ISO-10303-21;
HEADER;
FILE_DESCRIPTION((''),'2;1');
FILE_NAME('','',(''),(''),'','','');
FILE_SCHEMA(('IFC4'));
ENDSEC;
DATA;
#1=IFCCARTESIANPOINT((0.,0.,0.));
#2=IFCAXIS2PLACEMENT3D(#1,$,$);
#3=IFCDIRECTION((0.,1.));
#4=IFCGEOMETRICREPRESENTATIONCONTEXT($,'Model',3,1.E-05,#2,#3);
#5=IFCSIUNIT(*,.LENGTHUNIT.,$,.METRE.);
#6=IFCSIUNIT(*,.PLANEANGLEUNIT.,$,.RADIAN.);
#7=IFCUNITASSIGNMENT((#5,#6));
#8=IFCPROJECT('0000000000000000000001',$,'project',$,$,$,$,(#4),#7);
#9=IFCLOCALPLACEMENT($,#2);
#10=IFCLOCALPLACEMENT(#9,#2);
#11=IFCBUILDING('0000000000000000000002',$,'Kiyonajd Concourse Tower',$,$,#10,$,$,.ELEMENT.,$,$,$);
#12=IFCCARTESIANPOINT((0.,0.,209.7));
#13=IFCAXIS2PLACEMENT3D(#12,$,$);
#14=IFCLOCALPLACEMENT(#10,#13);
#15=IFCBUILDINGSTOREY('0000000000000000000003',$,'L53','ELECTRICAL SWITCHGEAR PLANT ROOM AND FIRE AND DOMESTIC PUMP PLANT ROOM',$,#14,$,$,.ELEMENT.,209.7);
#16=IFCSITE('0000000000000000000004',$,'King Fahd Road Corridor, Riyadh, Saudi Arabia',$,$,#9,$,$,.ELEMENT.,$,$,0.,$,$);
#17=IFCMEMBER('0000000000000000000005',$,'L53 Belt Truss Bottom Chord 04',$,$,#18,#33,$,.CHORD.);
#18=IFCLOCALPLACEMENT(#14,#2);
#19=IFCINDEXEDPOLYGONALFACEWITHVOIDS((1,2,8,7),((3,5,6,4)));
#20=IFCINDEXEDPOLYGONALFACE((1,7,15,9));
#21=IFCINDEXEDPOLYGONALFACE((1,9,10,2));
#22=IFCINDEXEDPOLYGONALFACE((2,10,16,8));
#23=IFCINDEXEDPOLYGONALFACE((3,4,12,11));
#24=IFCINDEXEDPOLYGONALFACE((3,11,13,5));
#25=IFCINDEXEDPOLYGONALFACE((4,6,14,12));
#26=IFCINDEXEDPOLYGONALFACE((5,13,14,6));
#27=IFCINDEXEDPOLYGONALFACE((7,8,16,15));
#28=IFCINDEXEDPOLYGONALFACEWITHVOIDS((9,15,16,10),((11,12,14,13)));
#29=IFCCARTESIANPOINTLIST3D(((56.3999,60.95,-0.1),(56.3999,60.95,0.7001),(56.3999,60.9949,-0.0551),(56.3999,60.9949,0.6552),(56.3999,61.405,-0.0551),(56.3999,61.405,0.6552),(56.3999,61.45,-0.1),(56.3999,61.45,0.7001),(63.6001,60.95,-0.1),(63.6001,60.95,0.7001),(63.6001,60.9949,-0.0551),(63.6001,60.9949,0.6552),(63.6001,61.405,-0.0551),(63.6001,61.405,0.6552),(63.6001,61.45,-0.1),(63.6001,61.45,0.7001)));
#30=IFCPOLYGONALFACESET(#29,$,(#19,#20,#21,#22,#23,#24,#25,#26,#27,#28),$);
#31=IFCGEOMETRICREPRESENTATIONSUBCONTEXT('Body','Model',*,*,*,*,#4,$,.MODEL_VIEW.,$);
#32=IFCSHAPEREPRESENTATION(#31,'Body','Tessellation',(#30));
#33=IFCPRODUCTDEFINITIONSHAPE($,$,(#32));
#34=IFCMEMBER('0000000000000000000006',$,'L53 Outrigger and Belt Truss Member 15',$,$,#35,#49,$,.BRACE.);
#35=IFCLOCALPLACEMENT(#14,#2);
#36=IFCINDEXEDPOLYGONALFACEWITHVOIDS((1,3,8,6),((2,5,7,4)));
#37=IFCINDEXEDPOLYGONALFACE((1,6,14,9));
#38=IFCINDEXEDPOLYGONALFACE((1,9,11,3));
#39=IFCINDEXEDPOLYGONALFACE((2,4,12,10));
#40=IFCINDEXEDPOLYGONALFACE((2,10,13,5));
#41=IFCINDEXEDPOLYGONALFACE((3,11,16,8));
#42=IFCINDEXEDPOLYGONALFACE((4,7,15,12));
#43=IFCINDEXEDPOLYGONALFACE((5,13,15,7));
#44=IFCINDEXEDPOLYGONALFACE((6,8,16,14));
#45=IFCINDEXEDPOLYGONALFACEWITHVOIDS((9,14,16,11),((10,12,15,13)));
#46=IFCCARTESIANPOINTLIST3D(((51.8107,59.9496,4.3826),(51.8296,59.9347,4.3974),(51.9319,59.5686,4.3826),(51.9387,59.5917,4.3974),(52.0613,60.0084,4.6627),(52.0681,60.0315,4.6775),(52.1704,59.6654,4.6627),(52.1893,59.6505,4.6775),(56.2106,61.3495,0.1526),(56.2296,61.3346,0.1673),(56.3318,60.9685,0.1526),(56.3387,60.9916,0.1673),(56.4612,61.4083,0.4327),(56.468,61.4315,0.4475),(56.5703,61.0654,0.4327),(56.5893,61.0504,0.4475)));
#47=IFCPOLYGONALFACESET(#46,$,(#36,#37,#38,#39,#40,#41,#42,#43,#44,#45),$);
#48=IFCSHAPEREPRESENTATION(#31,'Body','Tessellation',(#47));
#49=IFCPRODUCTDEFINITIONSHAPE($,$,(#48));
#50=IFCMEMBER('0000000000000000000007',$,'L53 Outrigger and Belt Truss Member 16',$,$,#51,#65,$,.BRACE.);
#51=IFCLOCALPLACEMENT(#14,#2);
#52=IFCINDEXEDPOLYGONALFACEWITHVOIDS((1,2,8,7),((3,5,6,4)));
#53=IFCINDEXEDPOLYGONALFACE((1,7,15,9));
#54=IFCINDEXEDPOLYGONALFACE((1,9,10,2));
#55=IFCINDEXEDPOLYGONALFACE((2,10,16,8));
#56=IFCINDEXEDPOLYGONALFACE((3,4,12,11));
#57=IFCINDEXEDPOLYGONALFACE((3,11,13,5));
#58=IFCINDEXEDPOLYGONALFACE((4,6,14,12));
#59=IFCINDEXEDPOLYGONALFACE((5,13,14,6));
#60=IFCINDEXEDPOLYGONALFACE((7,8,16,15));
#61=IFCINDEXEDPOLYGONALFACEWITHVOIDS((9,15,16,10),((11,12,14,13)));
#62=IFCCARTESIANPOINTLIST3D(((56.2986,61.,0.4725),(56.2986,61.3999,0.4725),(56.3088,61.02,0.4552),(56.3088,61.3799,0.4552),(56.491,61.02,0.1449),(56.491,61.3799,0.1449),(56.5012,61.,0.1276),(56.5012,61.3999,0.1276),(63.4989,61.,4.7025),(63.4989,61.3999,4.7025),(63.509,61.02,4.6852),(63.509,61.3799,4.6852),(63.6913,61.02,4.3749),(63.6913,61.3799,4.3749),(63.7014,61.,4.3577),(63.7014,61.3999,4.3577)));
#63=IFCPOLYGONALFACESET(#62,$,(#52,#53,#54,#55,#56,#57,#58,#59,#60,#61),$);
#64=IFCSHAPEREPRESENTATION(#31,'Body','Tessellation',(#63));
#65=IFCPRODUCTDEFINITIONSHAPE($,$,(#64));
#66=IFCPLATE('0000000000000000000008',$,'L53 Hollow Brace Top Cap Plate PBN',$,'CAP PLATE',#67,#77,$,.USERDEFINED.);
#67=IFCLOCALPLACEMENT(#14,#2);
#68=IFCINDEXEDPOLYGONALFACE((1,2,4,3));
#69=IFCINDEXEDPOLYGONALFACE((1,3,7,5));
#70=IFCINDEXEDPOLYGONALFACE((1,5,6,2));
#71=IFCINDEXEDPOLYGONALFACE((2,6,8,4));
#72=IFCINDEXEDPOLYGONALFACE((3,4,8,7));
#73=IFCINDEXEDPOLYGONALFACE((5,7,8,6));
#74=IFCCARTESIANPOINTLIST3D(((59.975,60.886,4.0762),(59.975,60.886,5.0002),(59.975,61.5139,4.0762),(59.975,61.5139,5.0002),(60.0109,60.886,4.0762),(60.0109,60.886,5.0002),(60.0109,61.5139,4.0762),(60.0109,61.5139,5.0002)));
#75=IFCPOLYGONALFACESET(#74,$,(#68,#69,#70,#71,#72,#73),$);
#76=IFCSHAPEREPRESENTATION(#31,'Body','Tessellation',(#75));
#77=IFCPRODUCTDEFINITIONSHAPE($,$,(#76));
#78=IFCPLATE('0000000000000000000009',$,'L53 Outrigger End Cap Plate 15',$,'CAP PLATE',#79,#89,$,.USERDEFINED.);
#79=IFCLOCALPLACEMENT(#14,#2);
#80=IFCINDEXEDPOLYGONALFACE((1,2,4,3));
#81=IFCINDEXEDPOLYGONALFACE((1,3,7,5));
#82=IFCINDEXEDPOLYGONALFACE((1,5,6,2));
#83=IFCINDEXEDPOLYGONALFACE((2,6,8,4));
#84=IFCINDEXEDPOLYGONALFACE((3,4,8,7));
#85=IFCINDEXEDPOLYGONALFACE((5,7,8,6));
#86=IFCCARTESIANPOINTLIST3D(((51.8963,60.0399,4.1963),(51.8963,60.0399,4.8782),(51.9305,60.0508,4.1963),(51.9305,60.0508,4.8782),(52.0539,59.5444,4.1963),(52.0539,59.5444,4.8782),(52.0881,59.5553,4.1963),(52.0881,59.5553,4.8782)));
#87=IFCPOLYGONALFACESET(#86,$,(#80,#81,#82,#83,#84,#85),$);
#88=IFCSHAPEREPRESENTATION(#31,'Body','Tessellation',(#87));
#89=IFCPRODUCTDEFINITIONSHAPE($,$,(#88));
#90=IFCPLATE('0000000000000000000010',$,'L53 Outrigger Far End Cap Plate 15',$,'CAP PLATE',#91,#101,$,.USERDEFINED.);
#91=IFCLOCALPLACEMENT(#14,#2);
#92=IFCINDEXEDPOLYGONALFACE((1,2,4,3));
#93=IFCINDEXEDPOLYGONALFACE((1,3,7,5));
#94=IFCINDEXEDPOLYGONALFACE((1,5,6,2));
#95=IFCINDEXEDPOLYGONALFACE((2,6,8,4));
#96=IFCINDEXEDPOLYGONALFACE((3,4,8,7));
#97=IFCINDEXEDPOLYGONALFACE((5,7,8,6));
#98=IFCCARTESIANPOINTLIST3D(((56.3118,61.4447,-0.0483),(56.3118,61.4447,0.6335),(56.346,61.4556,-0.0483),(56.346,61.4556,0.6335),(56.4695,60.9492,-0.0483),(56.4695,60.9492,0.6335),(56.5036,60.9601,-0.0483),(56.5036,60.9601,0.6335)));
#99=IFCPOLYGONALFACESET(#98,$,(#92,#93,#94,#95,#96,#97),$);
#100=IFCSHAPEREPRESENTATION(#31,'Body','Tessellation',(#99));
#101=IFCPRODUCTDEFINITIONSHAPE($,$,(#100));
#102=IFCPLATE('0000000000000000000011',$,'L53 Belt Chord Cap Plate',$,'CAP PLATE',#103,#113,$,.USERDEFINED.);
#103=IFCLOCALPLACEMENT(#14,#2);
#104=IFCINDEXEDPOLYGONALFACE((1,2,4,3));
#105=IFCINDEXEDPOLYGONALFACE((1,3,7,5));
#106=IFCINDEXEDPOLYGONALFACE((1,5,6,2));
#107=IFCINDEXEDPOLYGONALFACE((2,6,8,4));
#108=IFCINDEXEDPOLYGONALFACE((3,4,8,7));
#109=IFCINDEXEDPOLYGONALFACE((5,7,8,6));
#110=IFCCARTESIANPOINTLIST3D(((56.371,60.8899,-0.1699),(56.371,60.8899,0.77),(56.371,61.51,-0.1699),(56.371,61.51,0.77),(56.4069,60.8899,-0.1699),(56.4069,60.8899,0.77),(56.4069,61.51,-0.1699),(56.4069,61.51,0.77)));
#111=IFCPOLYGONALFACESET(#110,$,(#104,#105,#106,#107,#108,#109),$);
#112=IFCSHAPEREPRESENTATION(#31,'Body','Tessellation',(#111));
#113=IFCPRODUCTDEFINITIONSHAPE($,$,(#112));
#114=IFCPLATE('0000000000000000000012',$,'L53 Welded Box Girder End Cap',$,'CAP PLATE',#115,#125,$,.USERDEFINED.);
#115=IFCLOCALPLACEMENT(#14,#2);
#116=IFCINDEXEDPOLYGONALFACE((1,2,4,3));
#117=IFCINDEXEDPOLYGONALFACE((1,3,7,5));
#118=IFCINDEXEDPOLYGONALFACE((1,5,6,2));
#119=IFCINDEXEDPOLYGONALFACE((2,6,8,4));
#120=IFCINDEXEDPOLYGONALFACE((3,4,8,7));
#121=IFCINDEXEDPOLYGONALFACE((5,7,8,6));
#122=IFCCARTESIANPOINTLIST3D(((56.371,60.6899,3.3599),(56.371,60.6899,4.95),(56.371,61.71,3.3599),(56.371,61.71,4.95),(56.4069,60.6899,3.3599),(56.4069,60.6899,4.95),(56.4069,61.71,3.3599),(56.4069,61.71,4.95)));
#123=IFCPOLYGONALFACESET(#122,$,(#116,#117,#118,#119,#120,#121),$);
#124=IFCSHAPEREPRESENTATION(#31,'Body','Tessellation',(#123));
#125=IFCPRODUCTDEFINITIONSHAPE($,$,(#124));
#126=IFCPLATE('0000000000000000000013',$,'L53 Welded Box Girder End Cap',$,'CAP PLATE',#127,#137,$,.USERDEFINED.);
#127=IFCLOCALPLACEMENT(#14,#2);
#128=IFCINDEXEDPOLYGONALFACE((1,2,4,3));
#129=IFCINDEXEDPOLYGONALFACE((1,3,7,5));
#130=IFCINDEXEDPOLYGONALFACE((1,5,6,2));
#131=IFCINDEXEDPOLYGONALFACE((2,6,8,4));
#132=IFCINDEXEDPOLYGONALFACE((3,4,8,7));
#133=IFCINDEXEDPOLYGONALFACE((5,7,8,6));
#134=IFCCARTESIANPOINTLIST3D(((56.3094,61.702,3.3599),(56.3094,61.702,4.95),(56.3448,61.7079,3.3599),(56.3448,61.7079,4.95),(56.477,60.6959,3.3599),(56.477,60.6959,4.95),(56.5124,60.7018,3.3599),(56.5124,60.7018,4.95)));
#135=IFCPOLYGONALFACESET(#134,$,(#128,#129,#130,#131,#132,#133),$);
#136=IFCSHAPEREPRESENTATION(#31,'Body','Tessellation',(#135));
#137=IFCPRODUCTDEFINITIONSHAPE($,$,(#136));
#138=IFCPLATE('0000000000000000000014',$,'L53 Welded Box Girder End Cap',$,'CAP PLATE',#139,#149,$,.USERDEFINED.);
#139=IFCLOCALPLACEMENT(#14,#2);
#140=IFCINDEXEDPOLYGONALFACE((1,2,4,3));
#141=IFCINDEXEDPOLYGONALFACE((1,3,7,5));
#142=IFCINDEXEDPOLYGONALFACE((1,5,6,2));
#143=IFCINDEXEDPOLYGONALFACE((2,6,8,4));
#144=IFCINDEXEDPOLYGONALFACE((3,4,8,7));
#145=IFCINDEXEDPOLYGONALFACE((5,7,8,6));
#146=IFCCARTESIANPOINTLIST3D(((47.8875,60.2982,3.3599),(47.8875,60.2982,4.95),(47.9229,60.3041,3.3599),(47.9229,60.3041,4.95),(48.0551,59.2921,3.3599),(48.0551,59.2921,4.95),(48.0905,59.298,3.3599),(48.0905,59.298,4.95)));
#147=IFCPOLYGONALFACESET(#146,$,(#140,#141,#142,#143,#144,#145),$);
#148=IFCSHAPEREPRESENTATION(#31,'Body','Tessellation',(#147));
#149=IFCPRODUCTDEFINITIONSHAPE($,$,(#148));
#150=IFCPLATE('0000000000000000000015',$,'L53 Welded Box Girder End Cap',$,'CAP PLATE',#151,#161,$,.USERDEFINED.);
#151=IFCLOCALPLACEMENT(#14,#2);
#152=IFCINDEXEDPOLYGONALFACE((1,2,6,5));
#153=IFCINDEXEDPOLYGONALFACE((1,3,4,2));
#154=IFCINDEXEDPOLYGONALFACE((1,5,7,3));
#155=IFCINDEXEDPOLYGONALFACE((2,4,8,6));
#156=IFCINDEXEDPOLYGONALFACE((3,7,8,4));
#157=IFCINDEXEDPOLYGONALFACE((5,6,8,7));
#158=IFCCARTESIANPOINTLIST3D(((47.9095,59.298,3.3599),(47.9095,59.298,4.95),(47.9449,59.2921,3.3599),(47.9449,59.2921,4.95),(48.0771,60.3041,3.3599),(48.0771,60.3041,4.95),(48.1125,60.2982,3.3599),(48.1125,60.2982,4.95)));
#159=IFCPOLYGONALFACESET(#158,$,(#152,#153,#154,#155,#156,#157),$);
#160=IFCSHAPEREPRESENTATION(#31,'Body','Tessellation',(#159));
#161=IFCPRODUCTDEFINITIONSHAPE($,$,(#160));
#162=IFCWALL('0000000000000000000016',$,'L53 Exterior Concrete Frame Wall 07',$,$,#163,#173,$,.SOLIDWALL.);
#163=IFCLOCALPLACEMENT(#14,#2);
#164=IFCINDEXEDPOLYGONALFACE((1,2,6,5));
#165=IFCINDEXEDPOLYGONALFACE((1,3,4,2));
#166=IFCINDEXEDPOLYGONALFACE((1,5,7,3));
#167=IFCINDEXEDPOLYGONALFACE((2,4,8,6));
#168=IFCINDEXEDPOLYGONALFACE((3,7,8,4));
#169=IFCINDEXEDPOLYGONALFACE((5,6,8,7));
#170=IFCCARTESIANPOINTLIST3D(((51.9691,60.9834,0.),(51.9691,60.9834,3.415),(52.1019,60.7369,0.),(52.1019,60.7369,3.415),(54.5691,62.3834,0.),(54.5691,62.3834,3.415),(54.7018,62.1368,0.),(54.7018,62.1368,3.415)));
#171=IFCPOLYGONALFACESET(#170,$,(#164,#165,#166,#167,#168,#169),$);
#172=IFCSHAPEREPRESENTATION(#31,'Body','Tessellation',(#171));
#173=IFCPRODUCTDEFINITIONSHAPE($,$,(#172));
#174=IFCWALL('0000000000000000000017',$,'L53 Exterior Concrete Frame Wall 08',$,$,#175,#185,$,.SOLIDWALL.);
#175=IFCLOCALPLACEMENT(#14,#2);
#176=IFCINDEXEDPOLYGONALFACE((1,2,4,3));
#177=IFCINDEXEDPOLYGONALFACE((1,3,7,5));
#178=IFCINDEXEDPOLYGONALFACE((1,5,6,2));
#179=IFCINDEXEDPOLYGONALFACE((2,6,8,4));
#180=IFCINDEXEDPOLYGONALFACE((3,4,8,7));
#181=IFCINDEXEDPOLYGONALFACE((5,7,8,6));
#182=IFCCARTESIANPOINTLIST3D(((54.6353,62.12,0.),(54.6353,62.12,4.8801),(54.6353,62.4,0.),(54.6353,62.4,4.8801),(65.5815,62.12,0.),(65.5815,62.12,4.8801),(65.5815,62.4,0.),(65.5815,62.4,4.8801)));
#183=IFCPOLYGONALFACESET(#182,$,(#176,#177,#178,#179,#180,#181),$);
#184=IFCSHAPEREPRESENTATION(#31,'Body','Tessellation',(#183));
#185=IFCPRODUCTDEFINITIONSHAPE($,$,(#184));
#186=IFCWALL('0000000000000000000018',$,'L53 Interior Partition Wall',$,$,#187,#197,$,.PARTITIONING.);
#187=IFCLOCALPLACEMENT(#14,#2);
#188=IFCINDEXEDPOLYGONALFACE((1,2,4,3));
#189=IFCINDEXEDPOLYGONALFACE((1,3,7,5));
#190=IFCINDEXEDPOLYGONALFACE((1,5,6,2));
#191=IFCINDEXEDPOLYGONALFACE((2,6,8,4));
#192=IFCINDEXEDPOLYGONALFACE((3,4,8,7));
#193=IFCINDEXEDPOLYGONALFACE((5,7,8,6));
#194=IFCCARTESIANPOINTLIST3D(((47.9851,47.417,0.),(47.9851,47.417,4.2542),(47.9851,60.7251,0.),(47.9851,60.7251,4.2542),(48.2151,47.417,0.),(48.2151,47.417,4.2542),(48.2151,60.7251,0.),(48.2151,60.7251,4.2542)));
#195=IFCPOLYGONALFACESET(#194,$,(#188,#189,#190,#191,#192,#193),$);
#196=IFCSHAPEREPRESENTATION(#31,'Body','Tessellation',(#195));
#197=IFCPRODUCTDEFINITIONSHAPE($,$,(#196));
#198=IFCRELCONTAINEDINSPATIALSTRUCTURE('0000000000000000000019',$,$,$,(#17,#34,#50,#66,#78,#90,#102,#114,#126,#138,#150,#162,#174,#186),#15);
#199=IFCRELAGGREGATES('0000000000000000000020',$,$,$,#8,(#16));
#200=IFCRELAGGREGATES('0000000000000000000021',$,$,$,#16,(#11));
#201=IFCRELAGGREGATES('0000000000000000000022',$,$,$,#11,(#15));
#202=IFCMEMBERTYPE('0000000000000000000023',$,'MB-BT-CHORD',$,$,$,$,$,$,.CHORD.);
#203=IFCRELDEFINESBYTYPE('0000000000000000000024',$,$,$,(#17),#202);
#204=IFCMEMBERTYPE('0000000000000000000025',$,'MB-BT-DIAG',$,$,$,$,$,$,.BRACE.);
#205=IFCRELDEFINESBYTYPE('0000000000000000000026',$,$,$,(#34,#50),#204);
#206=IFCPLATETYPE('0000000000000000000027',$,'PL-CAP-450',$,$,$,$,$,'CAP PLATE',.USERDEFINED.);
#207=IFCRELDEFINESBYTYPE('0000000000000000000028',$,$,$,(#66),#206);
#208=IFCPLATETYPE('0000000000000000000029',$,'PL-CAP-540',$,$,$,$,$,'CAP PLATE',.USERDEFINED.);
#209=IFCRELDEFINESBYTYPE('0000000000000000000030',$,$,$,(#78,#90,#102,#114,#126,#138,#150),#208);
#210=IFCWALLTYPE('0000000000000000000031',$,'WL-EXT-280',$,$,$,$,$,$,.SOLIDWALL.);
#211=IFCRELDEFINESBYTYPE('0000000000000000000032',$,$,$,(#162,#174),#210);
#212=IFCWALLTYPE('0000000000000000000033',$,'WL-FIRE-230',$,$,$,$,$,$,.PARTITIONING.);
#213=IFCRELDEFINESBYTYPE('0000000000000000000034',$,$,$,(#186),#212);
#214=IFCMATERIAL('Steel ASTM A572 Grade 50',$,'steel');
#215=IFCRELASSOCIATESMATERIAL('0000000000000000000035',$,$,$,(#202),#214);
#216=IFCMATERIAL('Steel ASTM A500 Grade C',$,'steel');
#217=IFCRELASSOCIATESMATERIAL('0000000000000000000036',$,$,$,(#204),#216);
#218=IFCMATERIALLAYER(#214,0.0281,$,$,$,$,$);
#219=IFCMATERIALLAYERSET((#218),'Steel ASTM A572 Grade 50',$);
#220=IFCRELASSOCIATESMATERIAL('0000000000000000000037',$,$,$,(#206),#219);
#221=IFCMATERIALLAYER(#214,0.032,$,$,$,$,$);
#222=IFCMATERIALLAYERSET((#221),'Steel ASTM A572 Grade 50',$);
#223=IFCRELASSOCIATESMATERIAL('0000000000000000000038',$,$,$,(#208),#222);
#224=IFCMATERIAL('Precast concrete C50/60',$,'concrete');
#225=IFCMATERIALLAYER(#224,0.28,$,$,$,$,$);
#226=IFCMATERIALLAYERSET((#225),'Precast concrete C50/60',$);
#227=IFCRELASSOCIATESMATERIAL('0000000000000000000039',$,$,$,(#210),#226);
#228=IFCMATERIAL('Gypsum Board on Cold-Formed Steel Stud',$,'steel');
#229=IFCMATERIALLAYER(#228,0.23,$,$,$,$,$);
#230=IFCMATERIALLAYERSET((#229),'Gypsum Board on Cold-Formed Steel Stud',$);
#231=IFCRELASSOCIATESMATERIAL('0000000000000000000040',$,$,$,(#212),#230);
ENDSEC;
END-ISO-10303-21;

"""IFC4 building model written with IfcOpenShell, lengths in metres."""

from ifc_helpers import new_model, si_unit, direction, frame, frame_2d, origin, origin_2d, place, context, subcontext, project, spatial, rectangle, hollow_rectangle, extrude, material, layer, layer_set, material_profile, profile_set, type_object, element, save


model = new_model("IFC4")

# Units and contexts
model_context = context("Model", 3, precision=1e-05, world=origin(), true_north=direction((0.0, 1.0)))
body_context = subcontext(model_context, "Body", "Model", "MODEL_VIEW")
ifc_project = project(units=[si_unit("LENGTHUNIT", "METRE"), si_unit("PLANEANGLEUNIT", "RADIAN")], contexts=[model_context])

# Site, building, storey
site_placement = place(None, origin())
site = spatial("IfcSite", under=ifc_project, at=site_placement, Name="King Fahd Road Corridor, Riyadh, Saudi Arabia", CompositionType="ELEMENT", RefElevation=0.0)
building_placement = place(site_placement, origin())
building = spatial("IfcBuilding", under=site, at=building_placement, Name="Kiyonajd Concourse Tower", CompositionType="ELEMENT")
storey_placement = place(building_placement, frame((0.0, 0.0, 209.7)))
storey = spatial("IfcBuildingStorey", under=building, at=storey_placement, Name="L53", Description="ELECTRICAL SWITCHGEAR PLANT ROOM AND FIRE AND DOMESTIC PUMP PLANT ROOM", CompositionType="ELEMENT", Elevation=209.7)

# Shared definitions
ifc_material_1 = material(Name="Steel ASTM A572 Grade 50", Category="steel")

# Members
ifc_material_profile_1 = material_profile(ifc_material_1, hollow_rectangle(XDim=0.5, YDim=0.8, WallThickness=0.0449, at=origin_2d()), Name="BOX-800x500x45")
ifc_profile_set_1 = profile_set([ifc_material_profile_1], Name="Steel ASTM A572 Grade 50")
member_type_1 = type_object("IfcMemberType", Name="MB-BT-CHORD", PredefinedType="CHORD", material=ifc_profile_set_1)
member_1_placement = place(storey_placement, frame((56.3999, 61.2, 0.3), z_axis=(1.0, 0.0, 0.0), x_axis=(0.0, 1.0, 0.0)))
element("IfcMember", 1, at=member_1_placement, inside=storey, type_object=member_type_1, Name="L53 Belt Truss Bottom Chord 04", PredefinedType="CHORD", context=body_context, shape_type="SweptSolid", body=[
    extrude(hollow_rectangle(XDim=0.5, YDim=0.8, WallThickness=0.0449, at=origin_2d()), origin(), (0.0, 0.0, 1.0), 7.2002),
])
ifc_material_2 = material(Name="Steel ASTM A500 Grade C", Category="steel")
ifc_material_profile_2 = material_profile(ifc_material_2, hollow_rectangle(XDim=0.3999, YDim=0.3999, WallThickness=0.02, at=origin_2d()), Name="HSS-400x400x20")
ifc_profile_set_2 = profile_set([ifc_material_profile_2], Name="Steel ASTM A500 Grade C")
member_type_2 = type_object("IfcMemberType", Name="MB-BT-DIAG", PredefinedType="BRACE", material=ifc_profile_set_2)
member_2_placement = place(storey_placement, frame((52.0, 59.8, 4.53), z_axis=(0.702645, 0.223558, -0.675509), x_axis=(-0.303191, 0.95293, 0.0)))
element("IfcMember", 2, at=member_2_placement, inside=storey, type_object=member_type_2, Name="L53 Outrigger and Belt Truss Member 15", PredefinedType="BRACE", context=body_context, shape_type="SweptSolid", body=[
    extrude(hollow_rectangle(XDim=0.3999, YDim=0.3999, WallThickness=0.02, at=origin_2d()), origin(), (0.0, 0.0, 1.0), 6.262),
])
member_3_placement = place(storey_placement, frame((56.3999, 61.2, 0.3), z_axis=(0.862218, 0.0, 0.506537), x_axis=(0.0, 1.0, 0.0)))
element("IfcMember", 3, at=member_3_placement, inside=storey, type_object=member_type_2, Name="L53 Outrigger and Belt Truss Member 16", PredefinedType="BRACE", context=body_context, shape_type="SweptSolid", body=[
    extrude(hollow_rectangle(XDim=0.3999, YDim=0.3999, WallThickness=0.02, at=origin_2d()), origin(), (0.0, 0.0, 1.0), 8.3508),
])

# Plates
ifc_layer_1 = layer(ifc_material_1, 0.0281)
ifc_layer_set_1 = layer_set([ifc_layer_1], Name="Steel ASTM A572 Grade 50")
plate_type_1 = type_object("IfcPlateType", Name="PL-CAP-450", ElementType="CAP PLATE", PredefinedType="USERDEFINED", material=ifc_layer_set_1)
plate_1_placement = place(storey_placement, frame((59.9929, 61.2, 4.0762), z_axis=(0.0, 0.0, 1.0), x_axis=(-1.0, 0.0, 0.0)))
element("IfcPlate", 4, at=plate_1_placement, inside=storey, type_object=plate_type_1, Name="L53 Hollow Brace Top Cap Plate PBN", ObjectType="CAP PLATE", PredefinedType="USERDEFINED", context=body_context, shape_type="SweptSolid", body=[
    extrude(rectangle(XDim=0.0359, YDim=0.6279, at=origin_2d()), origin(), (0.0, 0.0, 1.0), 0.9241),
])
ifc_layer_2 = layer(ifc_material_1, 0.032)
ifc_layer_set_2 = layer_set([ifc_layer_2], Name="Steel ASTM A572 Grade 50")
plate_type_2 = type_object("IfcPlateType", Name="PL-CAP-540", ElementType="CAP PLATE", PredefinedType="USERDEFINED", material=ifc_layer_set_2)
for number, where, z_axis, x_axis, name in (
    (5, (51.9922, 59.7976, 4.1963), (0.0, 0.0, 1.0), (-0.952926, -0.303202, 0.0), "L53 Outrigger End Cap Plate 15"),
    (6, (56.4077, 61.2024, -0.0483), (0.0, 0.0, 1.0), (0.952926, 0.303202, 0.0), "L53 Outrigger Far End Cap Plate 15"),
):
    element("IfcPlate", number, at=place(storey_placement, frame(where, z_axis=z_axis, x_axis=x_axis)), inside=storey, type_object=plate_type_2, Name=name, ObjectType="CAP PLATE", PredefinedType="USERDEFINED", context=body_context, shape_type="SweptSolid", body=[
        extrude(rectangle(XDim=0.0359, YDim=0.52, at=origin_2d()), origin(), (0.0, 0.0, 1.0), 0.6819),
    ])
plate_2_placement = place(storey_placement, frame((56.3889, 61.2, -0.1699), z_axis=(0.0, 0.0, 1.0), x_axis=(-1.0, 0.0, 0.0)))
element("IfcPlate", 7, at=plate_2_placement, inside=storey, type_object=plate_type_2, Name="L53 Belt Chord Cap Plate", ObjectType="CAP PLATE", PredefinedType="USERDEFINED", context=body_context, shape_type="SweptSolid", body=[
    extrude(rectangle(XDim=0.0359, YDim=0.6201, at=origin_2d()), origin(), (0.0, 0.0, 1.0), 0.9399),
])
for number, where, z_axis, x_axis, name in (
    (8, (56.3889, 61.2, 3.3599), (0.0, 0.0, 1.0), (-1.0, 0.0, 0.0), "L53 Welded Box Girder End Cap"),
    (9, (56.4109, 61.2019, 3.3599), (0.0, 0.0, 1.0), (0.986401, 0.164359, 0.0), "L53 Welded Box Girder End Cap"),
    (10, (47.989, 59.7981, 3.3599), (0.0, 0.0, 1.0), (-0.986401, -0.164359, 0.0), "L53 Welded Box Girder End Cap"),
    (11, (48.011, 59.7981, 3.3599), (0.0, 0.0, 1.0), (0.986401, -0.164359, 0.0), "L53 Welded Box Girder End Cap"),
):
    element("IfcPlate", number, at=place(storey_placement, frame(where, z_axis=z_axis, x_axis=x_axis)), inside=storey, type_object=plate_type_2, Name=name, ObjectType="CAP PLATE", PredefinedType="USERDEFINED", context=body_context, shape_type="SweptSolid", body=[
        extrude(rectangle(XDim=0.0359, YDim=1.02, at=origin_2d()), origin(), (0.0, 0.0, 1.0), 1.5901),
    ])

# Walls
ifc_material_3 = material(Name="Precast concrete C50/60", Category="concrete")
ifc_layer_3 = layer(ifc_material_3, 0.28)
ifc_layer_set_3 = layer_set([ifc_layer_3], Name="Precast concrete C50/60")
wall_type_1 = type_object("IfcWallType", Name="WL-EXT-280", PredefinedType="SOLIDWALL", material=ifc_layer_set_3)
wall_1_placement = place(storey_placement, frame((52.0354, 60.8601, 0.0), z_axis=(0.0, 0.0, 1.0), x_axis=(0.880474, 0.474095, 0.0)))
element("IfcWall", 12, at=wall_1_placement, inside=storey, type_object=wall_type_1, Name="L53 Exterior Concrete Frame Wall 07", PredefinedType="SOLIDWALL", context=body_context, shape_type="SweptSolid", body=[
    extrude(rectangle(XDim=2.9529, YDim=0.28, at=frame_2d((1.4766, 0.0))), origin(), (0.0, 0.0, 1.0), 3.415),
])
wall_2_placement = place(storey_placement, frame((54.6353, 62.26, 0.0), z_axis=(0.0, 0.0, 1.0), x_axis=(1.0, 0.0, 0.0)))
element("IfcWall", 13, at=wall_2_placement, inside=storey, type_object=wall_type_1, Name="L53 Exterior Concrete Frame Wall 08", PredefinedType="SOLIDWALL", context=body_context, shape_type="SweptSolid", body=[
    extrude(rectangle(XDim=10.9463, YDim=0.28, at=frame_2d((5.4731, 0.0))), origin(), (0.0, 0.0, 1.0), 4.8801),
])
ifc_material_4 = material(Name="Gypsum Board on Cold-Formed Steel Stud", Category="steel")
ifc_layer_4 = layer(ifc_material_4, 0.23)
ifc_layer_set_4 = layer_set([ifc_layer_4], Name="Gypsum Board on Cold-Formed Steel Stud")
wall_type_2 = type_object("IfcWallType", Name="WL-FIRE-230", PredefinedType="PARTITIONING", material=ifc_layer_set_4)
wall_3_placement = place(storey_placement, frame((48.1001, 47.417, 0.0), z_axis=(0.0, 0.0, 1.0), x_axis=(0.0, 1.0, 0.0)))
element("IfcWall", 14, at=wall_3_placement, inside=storey, type_object=wall_type_2, Name="L53 Interior Partition Wall", PredefinedType="PARTITIONING", context=body_context, shape_type="SweptSolid", body=[
    extrude(rectangle(XDim=13.3081, YDim=0.23, at=frame_2d((6.6541, 0.0))), origin(), (0.0, 0.0, 1.0), 4.2542),
])

save(model, "model.ifc")
